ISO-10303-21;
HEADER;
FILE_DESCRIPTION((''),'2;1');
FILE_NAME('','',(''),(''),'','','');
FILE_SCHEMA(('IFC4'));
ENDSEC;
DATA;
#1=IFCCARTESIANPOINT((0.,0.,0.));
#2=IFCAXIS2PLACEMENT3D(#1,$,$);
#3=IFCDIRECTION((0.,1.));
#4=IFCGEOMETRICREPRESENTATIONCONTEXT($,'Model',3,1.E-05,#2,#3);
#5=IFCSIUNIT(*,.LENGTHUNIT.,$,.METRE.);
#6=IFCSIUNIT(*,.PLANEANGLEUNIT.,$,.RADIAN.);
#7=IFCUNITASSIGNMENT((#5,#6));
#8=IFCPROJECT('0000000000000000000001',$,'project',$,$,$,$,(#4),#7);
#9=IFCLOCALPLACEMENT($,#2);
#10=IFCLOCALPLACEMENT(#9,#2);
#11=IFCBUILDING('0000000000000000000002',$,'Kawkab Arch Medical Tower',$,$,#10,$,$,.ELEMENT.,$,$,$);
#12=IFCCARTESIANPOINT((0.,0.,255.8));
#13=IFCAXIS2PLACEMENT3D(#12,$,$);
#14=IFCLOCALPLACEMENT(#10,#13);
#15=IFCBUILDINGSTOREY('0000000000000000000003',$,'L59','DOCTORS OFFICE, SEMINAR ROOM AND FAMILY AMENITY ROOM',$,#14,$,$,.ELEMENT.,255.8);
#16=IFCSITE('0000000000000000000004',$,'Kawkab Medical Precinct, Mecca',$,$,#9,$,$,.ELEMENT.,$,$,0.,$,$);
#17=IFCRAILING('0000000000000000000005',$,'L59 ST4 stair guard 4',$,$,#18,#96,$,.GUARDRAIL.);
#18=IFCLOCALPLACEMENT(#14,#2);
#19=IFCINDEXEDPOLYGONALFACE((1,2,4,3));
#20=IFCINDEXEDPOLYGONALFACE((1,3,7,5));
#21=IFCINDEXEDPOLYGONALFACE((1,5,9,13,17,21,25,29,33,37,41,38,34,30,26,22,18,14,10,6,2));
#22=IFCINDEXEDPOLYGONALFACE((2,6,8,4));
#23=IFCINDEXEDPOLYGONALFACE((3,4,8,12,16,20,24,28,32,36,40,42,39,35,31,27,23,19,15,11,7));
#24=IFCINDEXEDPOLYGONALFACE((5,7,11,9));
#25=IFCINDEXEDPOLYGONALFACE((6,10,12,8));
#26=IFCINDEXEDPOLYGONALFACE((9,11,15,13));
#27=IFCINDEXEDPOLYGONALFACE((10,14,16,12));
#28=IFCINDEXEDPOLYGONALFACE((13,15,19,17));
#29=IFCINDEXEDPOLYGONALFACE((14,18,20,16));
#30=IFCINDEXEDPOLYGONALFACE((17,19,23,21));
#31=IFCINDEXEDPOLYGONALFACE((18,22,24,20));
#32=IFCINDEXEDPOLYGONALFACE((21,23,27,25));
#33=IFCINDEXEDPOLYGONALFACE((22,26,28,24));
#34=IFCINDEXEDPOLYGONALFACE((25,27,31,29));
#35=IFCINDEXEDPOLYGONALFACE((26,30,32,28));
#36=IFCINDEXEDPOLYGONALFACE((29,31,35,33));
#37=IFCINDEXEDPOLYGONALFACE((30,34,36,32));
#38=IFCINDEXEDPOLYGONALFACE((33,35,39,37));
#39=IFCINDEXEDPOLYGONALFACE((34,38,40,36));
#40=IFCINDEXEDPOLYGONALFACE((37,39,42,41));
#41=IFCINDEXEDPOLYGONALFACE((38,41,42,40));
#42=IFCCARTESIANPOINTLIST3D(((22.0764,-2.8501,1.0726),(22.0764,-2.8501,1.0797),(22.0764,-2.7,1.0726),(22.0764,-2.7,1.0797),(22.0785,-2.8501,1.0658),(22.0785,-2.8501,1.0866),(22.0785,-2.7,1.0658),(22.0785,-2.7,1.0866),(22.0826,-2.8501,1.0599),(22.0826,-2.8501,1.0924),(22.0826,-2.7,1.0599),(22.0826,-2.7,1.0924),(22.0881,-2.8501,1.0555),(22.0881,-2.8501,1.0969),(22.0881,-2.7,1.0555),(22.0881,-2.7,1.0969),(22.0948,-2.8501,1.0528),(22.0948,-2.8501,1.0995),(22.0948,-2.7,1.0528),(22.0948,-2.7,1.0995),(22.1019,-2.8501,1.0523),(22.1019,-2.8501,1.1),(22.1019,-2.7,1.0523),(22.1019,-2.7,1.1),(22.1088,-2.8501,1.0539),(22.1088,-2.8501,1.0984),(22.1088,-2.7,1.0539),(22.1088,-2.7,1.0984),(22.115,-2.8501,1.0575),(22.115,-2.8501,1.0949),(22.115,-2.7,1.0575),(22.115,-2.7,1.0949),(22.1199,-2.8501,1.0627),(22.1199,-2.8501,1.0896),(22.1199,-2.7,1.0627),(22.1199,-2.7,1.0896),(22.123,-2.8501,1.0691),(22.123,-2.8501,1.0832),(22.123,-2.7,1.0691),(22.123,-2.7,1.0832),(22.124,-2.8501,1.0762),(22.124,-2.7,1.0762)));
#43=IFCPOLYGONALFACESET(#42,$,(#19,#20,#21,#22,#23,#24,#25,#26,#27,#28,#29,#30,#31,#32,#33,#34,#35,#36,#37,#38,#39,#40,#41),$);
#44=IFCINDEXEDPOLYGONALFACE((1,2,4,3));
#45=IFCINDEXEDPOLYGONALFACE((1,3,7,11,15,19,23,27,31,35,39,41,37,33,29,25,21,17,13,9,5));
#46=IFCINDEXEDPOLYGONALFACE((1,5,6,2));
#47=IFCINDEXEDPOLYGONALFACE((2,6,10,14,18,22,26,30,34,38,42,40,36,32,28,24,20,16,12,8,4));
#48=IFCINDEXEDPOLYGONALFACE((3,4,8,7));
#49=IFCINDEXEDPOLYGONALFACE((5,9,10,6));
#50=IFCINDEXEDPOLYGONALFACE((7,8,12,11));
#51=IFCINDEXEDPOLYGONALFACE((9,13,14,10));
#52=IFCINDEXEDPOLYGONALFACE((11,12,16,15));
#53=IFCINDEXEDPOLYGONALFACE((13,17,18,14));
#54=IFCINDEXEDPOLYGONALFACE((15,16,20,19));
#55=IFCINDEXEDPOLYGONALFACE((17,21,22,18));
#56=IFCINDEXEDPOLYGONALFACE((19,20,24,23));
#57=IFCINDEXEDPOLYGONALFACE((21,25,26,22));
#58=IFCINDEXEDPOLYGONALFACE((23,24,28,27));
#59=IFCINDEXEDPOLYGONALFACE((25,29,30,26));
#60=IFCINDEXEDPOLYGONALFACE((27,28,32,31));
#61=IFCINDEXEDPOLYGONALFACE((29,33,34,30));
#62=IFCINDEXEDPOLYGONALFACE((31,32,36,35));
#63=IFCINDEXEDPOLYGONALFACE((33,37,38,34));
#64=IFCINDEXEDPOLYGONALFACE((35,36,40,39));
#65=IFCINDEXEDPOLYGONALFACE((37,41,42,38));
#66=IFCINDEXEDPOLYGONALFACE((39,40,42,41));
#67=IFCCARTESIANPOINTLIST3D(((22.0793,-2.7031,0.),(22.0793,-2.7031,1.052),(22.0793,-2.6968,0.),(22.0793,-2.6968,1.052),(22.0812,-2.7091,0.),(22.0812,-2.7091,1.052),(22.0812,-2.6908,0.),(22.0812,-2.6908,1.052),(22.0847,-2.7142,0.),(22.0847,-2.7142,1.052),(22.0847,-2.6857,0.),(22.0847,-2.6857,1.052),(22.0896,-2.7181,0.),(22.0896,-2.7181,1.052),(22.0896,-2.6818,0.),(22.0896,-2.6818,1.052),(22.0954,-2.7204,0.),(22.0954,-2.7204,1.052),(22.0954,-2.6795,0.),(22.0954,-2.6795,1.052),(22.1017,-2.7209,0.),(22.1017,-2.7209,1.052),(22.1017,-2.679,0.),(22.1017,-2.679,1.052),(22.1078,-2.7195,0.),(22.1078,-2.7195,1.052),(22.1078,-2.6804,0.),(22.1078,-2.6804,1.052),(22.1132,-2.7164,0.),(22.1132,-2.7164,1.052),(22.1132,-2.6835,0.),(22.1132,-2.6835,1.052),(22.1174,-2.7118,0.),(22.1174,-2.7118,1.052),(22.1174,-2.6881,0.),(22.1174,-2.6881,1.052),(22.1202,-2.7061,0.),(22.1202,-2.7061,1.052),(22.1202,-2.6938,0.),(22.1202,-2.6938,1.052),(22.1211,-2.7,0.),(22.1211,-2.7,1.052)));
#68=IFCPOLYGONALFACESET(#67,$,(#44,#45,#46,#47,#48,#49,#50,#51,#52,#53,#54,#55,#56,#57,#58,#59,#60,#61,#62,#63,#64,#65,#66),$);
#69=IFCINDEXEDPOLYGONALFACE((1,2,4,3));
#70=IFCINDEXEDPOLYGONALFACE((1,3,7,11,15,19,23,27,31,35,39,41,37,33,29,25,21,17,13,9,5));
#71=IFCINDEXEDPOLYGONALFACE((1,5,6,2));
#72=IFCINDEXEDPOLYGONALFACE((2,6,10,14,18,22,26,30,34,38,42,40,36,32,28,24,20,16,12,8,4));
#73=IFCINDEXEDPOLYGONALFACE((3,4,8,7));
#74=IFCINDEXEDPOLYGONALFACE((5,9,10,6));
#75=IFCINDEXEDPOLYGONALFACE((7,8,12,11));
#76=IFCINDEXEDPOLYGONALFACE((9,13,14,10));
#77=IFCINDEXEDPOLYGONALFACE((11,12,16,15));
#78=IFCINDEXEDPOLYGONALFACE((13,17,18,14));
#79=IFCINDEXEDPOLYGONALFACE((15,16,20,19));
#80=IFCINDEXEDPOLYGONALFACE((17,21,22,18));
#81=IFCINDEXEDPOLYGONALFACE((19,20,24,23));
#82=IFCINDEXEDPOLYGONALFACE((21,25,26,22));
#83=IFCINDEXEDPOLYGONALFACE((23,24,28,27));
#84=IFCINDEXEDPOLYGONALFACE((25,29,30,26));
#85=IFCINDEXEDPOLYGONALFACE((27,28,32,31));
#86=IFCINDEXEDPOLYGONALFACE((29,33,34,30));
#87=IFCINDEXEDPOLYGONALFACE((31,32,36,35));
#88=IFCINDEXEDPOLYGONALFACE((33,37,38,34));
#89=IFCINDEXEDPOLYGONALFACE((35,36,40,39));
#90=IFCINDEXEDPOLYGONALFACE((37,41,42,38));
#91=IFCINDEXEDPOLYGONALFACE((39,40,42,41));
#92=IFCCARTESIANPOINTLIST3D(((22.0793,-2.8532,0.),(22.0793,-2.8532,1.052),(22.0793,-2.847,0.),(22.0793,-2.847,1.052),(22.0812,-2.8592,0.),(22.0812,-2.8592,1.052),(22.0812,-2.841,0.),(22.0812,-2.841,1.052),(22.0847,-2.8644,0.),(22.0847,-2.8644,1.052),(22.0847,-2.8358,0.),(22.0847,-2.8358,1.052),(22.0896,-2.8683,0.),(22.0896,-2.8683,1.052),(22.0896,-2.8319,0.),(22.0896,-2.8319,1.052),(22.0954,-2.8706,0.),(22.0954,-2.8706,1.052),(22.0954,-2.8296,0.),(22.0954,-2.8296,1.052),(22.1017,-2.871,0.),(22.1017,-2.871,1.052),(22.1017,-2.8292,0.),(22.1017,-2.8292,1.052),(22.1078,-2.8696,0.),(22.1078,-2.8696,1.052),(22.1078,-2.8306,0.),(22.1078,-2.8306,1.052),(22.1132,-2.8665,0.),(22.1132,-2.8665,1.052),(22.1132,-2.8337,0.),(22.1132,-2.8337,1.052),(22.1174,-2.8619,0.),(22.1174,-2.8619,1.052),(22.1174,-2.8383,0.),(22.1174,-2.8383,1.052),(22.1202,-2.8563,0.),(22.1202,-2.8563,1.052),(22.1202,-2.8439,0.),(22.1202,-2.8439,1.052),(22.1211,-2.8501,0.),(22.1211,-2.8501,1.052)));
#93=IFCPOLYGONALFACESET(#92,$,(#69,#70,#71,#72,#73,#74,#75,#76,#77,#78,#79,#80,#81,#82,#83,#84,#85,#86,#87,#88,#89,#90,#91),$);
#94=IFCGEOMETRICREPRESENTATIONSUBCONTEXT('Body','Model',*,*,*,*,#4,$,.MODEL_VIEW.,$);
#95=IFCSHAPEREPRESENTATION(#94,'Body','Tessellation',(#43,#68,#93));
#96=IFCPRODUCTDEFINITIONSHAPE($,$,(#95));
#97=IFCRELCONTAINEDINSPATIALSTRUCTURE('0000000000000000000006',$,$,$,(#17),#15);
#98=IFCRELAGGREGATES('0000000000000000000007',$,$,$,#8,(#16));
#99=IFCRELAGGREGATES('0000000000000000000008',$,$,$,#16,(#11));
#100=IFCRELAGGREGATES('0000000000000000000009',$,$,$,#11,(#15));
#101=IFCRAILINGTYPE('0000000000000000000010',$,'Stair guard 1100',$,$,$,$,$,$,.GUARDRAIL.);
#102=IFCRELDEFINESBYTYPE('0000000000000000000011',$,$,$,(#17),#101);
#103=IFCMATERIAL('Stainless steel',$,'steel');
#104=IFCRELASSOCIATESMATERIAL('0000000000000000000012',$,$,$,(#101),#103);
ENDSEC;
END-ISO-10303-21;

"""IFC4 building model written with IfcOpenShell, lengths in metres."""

from ifc_helpers import new_model, si_unit, direction, frame, origin, origin_2d, place, context, subcontext, project, spatial, circle, extrude, material, type_object, element, save


model = new_model("IFC4")

# Units and contexts
model_context = context("Model", 3, precision=1e-05, world=origin(), true_north=direction((0.0, 1.0)))
body_context = subcontext(model_context, "Body", "Model", "MODEL_VIEW")
ifc_project = project(units=[si_unit("LENGTHUNIT", "METRE"), si_unit("PLANEANGLEUNIT", "RADIAN")], contexts=[model_context])

# Site, building, storey
site_placement = place(None, origin())
site = spatial("IfcSite", under=ifc_project, at=site_placement, Name="Kawkab Medical Precinct, Mecca", CompositionType="ELEMENT", RefElevation=0.0)
building_placement = place(site_placement, origin())
building = spatial("IfcBuilding", under=site, at=building_placement, Name="Kawkab Arch Medical Tower", CompositionType="ELEMENT")
storey_placement = place(building_placement, frame((0.0, 0.0, 255.8)))
storey = spatial("IfcBuildingStorey", under=building, at=storey_placement, Name="L59", Description="DOCTORS OFFICE, SEMINAR ROOM AND FAMILY AMENITY ROOM", CompositionType="ELEMENT", Elevation=255.8)

# Railing
ifc_material_1 = material(Name="Stainless steel", Category="steel")
railing_type = type_object("IfcRailingType", Name="Stair guard 1100", PredefinedType="GUARDRAIL", material=ifc_material_1)
railing_placement = place(storey_placement, frame((22.1001, -2.7, 0.0)))
element("IfcRailing", 1, at=railing_placement, inside=storey, type_object=railing_type, Name="L59 ST4 stair guard 4", PredefinedType="GUARDRAIL", context=body_context, shape_type="SweptSolid", body=[
    extrude(circle(Radius=0.0239, at=origin_2d()), frame((0.0, 0.0, 1.0762), z_axis=(0.0, -1.0, 0.0), x_axis=(1.0, 0.0, 0.0)), (0.0, 0.0, 1.0), 0.1501),
    extrude(circle(Radius=0.021, at=origin_2d()), origin(), (0.0, 0.0, 1.0), 1.052),
    extrude(circle(Radius=0.021, at=origin_2d()), frame((0.0, -0.1501, 0.0)), (0.0, 0.0, 1.0), 1.052),
])

save(model, "model.ifc")
